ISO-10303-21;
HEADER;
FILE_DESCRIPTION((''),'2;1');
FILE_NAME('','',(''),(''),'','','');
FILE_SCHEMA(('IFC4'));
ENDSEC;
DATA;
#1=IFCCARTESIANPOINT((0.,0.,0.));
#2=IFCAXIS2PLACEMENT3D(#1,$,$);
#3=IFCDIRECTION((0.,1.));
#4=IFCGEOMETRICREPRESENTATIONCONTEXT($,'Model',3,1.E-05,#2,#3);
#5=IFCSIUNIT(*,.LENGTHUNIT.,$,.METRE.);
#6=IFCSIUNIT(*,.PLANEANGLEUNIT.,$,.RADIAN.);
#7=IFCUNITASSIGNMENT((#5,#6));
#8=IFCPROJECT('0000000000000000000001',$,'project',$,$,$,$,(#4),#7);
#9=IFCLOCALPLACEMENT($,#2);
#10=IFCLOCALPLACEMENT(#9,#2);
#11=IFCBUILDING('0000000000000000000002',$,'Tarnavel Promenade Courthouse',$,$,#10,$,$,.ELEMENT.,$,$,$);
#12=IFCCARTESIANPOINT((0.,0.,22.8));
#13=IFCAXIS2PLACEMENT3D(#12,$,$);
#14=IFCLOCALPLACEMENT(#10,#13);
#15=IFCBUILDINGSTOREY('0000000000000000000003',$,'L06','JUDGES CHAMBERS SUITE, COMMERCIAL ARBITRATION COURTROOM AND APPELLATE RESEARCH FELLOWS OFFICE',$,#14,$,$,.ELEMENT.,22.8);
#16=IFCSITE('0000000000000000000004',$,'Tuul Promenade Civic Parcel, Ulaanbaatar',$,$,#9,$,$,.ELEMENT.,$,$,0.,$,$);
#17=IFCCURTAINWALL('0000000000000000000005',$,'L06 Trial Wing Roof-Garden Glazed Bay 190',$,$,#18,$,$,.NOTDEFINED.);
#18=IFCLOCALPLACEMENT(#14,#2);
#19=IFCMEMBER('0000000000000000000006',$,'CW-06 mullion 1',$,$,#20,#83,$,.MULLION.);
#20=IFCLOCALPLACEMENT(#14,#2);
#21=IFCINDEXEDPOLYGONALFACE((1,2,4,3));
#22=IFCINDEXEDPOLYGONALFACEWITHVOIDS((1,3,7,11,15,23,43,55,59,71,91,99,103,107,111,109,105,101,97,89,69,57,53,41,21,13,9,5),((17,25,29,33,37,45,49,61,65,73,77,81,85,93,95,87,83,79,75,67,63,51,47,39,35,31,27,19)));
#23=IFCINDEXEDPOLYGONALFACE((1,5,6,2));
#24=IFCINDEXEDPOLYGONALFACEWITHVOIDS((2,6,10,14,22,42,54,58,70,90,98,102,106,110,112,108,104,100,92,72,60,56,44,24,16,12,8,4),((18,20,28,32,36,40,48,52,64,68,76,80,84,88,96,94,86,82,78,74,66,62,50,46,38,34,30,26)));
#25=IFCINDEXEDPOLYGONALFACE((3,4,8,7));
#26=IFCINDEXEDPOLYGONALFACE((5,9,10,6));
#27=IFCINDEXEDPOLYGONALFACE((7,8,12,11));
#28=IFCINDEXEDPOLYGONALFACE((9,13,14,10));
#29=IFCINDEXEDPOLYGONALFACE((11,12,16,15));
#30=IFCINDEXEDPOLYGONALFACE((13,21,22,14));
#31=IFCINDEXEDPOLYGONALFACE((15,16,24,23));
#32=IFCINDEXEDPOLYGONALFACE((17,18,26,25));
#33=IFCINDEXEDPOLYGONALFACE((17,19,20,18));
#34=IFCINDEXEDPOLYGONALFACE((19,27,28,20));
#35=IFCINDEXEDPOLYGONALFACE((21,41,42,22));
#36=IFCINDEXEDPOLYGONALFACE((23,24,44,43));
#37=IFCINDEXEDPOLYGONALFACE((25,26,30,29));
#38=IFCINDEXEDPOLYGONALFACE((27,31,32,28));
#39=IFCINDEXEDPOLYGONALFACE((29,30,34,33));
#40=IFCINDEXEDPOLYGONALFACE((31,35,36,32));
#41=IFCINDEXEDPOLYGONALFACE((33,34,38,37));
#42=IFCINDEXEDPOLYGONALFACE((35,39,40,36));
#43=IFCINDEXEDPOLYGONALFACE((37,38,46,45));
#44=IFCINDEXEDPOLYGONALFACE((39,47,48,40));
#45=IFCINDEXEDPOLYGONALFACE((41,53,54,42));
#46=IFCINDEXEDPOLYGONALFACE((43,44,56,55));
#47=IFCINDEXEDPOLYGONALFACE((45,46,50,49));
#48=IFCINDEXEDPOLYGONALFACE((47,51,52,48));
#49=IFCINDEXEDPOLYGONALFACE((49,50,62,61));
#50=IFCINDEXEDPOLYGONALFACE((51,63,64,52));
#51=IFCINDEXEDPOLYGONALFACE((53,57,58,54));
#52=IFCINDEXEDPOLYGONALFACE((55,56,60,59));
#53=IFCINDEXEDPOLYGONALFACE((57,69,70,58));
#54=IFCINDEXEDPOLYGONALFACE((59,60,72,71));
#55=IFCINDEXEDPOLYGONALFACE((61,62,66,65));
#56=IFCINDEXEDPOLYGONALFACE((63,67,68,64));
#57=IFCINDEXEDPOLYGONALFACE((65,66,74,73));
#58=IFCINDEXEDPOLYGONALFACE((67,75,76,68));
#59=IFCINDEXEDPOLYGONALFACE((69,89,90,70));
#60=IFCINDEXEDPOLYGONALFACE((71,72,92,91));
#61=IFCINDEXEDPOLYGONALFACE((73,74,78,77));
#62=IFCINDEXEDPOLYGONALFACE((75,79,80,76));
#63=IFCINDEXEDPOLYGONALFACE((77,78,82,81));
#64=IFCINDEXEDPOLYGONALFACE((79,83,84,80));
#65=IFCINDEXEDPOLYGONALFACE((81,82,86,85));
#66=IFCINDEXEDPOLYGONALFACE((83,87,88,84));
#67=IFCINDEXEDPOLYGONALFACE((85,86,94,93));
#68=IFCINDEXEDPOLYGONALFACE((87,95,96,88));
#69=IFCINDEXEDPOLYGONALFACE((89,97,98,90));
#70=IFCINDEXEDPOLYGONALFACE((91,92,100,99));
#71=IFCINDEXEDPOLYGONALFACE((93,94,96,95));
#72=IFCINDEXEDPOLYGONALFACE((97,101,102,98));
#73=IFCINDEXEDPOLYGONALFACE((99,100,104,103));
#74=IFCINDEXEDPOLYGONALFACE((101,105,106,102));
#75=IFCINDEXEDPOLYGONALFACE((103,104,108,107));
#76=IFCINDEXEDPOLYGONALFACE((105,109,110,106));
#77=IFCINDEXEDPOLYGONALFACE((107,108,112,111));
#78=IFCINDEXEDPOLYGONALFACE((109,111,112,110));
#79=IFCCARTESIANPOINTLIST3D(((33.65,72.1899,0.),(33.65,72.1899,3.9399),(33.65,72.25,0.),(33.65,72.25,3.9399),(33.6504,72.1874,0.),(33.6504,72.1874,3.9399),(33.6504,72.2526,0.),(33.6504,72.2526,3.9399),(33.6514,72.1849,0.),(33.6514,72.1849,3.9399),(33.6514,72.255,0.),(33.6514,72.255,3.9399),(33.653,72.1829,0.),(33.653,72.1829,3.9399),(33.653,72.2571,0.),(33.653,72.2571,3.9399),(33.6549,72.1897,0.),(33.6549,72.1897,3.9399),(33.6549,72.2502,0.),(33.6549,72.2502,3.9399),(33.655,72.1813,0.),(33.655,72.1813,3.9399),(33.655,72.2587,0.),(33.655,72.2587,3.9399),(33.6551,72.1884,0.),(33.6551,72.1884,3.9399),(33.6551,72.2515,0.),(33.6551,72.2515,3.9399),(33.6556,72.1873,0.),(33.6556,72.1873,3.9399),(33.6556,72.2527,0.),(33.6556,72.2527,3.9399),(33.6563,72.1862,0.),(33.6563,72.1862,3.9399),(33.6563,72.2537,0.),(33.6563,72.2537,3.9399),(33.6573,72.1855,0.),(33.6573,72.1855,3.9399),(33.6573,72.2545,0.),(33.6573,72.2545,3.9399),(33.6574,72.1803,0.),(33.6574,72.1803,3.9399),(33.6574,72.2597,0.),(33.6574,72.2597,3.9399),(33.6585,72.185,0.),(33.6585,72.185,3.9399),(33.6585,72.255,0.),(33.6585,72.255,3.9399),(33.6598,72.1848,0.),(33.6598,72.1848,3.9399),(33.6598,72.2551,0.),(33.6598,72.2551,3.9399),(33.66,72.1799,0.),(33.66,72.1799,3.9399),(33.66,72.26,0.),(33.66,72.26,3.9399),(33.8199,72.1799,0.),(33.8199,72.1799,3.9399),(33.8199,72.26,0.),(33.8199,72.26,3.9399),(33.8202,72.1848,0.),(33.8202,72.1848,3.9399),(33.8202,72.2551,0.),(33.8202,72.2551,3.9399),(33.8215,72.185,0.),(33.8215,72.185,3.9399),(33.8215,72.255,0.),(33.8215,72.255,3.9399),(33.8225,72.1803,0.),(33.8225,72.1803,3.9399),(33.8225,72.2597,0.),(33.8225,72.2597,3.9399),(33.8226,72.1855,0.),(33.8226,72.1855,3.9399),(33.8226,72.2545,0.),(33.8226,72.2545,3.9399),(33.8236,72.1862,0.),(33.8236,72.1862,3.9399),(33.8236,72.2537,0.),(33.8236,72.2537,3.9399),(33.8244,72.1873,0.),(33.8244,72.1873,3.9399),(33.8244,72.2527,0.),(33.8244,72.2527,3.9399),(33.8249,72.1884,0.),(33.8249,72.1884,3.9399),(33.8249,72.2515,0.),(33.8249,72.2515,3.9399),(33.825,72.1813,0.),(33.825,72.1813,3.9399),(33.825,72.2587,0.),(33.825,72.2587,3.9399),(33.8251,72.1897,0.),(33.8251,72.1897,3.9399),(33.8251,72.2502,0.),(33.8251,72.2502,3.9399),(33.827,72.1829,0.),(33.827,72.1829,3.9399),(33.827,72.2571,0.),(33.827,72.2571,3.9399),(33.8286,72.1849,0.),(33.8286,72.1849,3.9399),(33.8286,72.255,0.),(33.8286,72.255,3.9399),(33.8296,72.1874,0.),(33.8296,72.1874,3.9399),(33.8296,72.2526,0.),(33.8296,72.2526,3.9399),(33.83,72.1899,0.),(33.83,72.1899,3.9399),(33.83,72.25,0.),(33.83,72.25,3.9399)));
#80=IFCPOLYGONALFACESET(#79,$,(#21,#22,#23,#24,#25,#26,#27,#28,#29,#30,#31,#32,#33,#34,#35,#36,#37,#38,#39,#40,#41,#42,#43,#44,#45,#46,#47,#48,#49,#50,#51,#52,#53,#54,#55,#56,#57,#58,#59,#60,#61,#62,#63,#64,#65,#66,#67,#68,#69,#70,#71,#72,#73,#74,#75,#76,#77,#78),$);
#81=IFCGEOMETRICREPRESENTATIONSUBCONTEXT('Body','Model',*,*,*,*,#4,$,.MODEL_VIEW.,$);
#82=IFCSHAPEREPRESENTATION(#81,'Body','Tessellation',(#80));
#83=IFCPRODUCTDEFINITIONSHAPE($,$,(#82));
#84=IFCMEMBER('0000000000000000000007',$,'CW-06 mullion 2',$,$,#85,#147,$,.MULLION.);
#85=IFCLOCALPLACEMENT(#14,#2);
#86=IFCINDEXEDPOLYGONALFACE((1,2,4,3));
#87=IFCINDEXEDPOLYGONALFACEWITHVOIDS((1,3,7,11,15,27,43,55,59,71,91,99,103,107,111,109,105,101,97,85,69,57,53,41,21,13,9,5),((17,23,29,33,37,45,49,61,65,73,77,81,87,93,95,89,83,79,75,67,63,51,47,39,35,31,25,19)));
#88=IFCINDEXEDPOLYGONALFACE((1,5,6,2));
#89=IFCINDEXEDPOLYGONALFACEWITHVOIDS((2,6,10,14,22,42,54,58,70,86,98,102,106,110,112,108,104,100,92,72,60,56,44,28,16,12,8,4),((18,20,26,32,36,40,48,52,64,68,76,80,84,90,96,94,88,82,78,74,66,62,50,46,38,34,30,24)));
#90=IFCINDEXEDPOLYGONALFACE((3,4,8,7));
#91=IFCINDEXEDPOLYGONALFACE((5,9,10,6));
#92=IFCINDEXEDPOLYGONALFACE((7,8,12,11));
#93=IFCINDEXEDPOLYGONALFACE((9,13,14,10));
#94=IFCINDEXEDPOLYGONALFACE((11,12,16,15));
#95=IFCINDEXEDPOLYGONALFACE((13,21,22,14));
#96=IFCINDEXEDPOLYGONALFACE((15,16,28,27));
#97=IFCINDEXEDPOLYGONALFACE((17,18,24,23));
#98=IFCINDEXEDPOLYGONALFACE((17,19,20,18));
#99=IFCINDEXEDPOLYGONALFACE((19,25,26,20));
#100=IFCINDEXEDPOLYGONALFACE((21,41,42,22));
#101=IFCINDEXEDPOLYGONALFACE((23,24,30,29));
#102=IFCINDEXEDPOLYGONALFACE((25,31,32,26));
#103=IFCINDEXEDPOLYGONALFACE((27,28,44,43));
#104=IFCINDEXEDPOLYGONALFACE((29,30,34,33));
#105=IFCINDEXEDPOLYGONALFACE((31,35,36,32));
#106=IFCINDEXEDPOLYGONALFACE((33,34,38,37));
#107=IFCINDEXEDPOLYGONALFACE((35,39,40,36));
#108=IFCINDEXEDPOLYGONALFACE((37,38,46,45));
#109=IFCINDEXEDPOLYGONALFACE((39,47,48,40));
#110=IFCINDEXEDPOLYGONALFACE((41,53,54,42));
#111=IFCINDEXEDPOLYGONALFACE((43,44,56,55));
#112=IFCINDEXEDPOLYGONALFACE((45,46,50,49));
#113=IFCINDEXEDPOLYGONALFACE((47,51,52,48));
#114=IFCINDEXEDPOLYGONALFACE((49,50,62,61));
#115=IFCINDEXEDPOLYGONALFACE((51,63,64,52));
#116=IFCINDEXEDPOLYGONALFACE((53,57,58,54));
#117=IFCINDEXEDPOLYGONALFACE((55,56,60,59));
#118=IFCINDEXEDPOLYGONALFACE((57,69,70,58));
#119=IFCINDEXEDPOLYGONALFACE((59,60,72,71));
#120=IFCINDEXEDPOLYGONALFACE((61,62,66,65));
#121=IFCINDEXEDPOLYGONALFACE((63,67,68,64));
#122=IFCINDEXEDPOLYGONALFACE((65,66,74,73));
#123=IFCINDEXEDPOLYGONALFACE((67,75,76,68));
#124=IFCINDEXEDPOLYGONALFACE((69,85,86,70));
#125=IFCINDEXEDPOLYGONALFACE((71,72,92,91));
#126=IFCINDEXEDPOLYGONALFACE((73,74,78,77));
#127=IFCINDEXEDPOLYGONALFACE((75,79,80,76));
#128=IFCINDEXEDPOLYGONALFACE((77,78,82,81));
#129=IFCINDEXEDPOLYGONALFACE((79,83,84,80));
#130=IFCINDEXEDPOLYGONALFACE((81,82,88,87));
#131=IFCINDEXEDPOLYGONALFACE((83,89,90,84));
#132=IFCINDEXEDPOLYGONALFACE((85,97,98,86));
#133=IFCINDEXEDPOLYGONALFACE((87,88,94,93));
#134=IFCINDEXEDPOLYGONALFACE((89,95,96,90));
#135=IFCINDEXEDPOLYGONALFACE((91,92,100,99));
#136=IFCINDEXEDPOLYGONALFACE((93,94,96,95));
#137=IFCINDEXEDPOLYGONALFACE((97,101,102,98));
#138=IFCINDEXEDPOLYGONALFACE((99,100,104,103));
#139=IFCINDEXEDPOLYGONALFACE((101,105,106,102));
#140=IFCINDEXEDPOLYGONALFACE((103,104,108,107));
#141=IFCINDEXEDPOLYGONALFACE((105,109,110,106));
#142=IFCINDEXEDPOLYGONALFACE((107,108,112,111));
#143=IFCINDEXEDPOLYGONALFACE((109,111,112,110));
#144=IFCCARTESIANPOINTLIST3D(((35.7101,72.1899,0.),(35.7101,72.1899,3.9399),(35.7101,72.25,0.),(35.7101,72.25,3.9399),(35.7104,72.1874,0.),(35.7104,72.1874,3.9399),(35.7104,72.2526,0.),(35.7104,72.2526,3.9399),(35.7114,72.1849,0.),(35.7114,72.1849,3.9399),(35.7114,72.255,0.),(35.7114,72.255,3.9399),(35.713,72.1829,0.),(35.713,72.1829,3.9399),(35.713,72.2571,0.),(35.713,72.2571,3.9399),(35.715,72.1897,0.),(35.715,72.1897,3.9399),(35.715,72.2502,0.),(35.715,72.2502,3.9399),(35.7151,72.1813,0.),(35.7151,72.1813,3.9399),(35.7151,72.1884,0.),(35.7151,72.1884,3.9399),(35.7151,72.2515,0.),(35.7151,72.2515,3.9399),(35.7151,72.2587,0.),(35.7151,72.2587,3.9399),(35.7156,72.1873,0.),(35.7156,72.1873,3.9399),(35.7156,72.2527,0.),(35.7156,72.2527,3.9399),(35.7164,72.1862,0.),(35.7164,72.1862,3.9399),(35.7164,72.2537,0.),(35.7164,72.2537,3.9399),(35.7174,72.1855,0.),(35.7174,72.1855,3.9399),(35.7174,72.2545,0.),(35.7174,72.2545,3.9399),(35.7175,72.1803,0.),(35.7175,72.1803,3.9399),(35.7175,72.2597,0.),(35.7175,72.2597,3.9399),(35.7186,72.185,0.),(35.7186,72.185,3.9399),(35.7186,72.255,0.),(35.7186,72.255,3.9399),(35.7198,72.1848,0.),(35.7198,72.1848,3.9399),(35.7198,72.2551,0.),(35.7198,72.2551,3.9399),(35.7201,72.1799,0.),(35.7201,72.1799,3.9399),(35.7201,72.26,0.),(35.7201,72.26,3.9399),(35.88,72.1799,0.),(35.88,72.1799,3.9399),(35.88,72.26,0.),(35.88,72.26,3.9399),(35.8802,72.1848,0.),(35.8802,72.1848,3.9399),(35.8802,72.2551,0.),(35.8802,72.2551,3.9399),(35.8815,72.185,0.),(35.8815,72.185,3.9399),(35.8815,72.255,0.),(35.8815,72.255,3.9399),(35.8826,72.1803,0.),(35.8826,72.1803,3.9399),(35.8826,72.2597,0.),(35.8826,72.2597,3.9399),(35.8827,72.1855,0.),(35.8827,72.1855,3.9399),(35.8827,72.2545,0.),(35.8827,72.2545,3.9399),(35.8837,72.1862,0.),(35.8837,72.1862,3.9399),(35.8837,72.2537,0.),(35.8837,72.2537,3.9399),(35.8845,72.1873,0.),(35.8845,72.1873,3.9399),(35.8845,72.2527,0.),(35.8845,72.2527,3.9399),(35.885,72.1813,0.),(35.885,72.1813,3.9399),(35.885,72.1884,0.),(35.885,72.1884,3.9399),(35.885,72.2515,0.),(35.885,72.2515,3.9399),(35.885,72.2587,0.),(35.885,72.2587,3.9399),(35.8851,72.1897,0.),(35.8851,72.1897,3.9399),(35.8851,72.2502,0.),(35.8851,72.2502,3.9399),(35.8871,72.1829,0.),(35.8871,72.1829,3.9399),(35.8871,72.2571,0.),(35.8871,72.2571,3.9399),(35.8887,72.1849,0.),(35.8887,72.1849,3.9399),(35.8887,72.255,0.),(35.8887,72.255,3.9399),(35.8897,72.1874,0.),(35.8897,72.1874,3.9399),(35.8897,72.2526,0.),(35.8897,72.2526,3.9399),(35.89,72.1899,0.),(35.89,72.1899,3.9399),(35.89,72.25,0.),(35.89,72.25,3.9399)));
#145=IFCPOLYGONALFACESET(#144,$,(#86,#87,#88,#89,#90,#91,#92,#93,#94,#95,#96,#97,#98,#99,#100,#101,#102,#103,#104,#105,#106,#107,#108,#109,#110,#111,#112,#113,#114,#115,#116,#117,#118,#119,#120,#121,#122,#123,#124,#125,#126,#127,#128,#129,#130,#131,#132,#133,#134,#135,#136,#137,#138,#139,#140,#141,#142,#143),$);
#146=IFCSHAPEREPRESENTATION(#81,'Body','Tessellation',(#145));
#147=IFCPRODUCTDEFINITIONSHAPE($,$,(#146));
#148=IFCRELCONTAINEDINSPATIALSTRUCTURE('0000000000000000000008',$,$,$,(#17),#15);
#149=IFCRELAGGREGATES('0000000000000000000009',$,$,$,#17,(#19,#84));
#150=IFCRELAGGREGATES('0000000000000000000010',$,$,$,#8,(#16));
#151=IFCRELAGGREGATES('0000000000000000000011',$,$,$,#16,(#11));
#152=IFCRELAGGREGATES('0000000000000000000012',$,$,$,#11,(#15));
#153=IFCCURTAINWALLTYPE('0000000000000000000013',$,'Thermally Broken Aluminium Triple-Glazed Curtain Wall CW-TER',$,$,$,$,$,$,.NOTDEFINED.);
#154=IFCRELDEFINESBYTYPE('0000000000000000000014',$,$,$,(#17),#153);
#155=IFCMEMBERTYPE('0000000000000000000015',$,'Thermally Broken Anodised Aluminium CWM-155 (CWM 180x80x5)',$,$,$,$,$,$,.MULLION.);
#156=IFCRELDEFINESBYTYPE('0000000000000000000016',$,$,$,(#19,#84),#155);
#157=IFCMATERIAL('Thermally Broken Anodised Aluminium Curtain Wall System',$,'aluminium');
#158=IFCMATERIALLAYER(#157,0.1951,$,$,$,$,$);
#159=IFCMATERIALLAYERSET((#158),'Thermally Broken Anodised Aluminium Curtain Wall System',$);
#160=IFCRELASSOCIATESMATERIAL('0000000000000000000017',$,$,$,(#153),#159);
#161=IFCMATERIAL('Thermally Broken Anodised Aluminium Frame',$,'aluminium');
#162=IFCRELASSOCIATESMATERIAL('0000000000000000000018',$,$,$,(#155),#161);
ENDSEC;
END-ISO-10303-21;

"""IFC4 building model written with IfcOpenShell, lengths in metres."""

from ifc_helpers import new_model, si_unit, direction, frame, origin, origin_2d, place, context, subcontext, project, spatial, hollow_rectangle, extrude, material, layer, layer_set, material_profile, profile_set, type_object, element, aggregate, save


model = new_model("IFC4")

# Units and contexts
model_context = context("Model", 3, precision=1e-05, world=origin(), true_north=direction((0.0, 1.0)))
body_context = subcontext(model_context, "Body", "Model", "MODEL_VIEW")
ifc_project = project(units=[si_unit("LENGTHUNIT", "METRE"), si_unit("PLANEANGLEUNIT", "RADIAN")], contexts=[model_context])

# Site, building, storey
site_placement = place(None, origin())
site = spatial("IfcSite", under=ifc_project, at=site_placement, Name="Tuul Promenade Civic Parcel, Ulaanbaatar", CompositionType="ELEMENT", RefElevation=0.0)
building_placement = place(site_placement, origin())
building = spatial("IfcBuilding", under=site, at=building_placement, Name="Tarnavel Promenade Courthouse", CompositionType="ELEMENT")
storey_placement = place(building_placement, frame((0.0, 0.0, 22.8)))
storey = spatial("IfcBuildingStorey", under=building, at=storey_placement, Name="L06", Description="JUDGES CHAMBERS SUITE, COMMERCIAL ARBITRATION COURTROOM AND APPELLATE RESEARCH FELLOWS OFFICE", CompositionType="ELEMENT", Elevation=22.8)

# Curtain wall, members
ifc_material_1 = material(Name="Thermally Broken Anodised Aluminium Curtain Wall System", Category="aluminium")
ifc_layer_1 = layer(ifc_material_1, 0.1951)
ifc_layer_set_1 = layer_set([ifc_layer_1], Name="Thermally Broken Anodised Aluminium Curtain Wall System")
curtain_wall_type = type_object("IfcCurtainWallType", Name="Thermally Broken Aluminium Triple-Glazed Curtain Wall CW-TER", PredefinedType="NOTDEFINED", material=ifc_layer_set_1)
ifc_material_2 = material(Name="Thermally Broken Anodised Aluminium Frame", Category="aluminium")
ifc_material_profile_1 = material_profile(ifc_material_2, hollow_rectangle(XDim=0.0801, YDim=0.1799, WallThickness=0.0049, InnerFilletRadius=0.0049, OuterFilletRadius=0.01, at=origin_2d()), Name="CWM 180x80x5")
ifc_profile_set_1 = profile_set([ifc_material_profile_1], Name="Thermally Broken Anodised Aluminium Frame")
member_type_1 = type_object("IfcMemberType", Name="Thermally Broken Anodised Aluminium CWM-155 (CWM 180x80x5)", PredefinedType="MULLION", material=ifc_profile_set_1)
curtain_wall_1_placement = place(storey_placement, origin())
curtain_wall_1 = element("IfcCurtainWall", 1, at=curtain_wall_1_placement, inside=storey, type_object=curtain_wall_type, Name="L06 Trial Wing Roof-Garden Glazed Bay 190", PredefinedType="NOTDEFINED")
member_1_placement = place(storey_placement, frame((33.74, 72.22, 0.0), z_axis=(0.0, 0.0, 1.0), x_axis=(0.0, 1.0, 0.0)))
member_1 = element("IfcMember", 2, at=member_1_placement, type_object=member_type_1, Name="CW-06 mullion 1", PredefinedType="MULLION", context=body_context, shape_type="SweptSolid", body=[
    extrude(hollow_rectangle(XDim=0.0801, YDim=0.1799, WallThickness=0.0049, InnerFilletRadius=0.0049, OuterFilletRadius=0.01, at=origin_2d()), origin(), (0.0, 0.0, 1.0), 3.9399),
])
member_2_placement = place(storey_placement, frame((35.8, 72.22, 0.0), z_axis=(0.0, 0.0, 1.0), x_axis=(0.0, 1.0, 0.0)))
member_2 = element("IfcMember", 3, at=member_2_placement, type_object=member_type_1, Name="CW-06 mullion 2", PredefinedType="MULLION", context=body_context, shape_type="SweptSolid", body=[
    extrude(hollow_rectangle(XDim=0.0801, YDim=0.1799, WallThickness=0.0049, InnerFilletRadius=0.0049, OuterFilletRadius=0.01, at=origin_2d()), origin(), (0.0, 0.0, 1.0), 3.9399),
])

aggregate(curtain_wall_1, [member_1, member_2])

save(model, "model.ifc")
